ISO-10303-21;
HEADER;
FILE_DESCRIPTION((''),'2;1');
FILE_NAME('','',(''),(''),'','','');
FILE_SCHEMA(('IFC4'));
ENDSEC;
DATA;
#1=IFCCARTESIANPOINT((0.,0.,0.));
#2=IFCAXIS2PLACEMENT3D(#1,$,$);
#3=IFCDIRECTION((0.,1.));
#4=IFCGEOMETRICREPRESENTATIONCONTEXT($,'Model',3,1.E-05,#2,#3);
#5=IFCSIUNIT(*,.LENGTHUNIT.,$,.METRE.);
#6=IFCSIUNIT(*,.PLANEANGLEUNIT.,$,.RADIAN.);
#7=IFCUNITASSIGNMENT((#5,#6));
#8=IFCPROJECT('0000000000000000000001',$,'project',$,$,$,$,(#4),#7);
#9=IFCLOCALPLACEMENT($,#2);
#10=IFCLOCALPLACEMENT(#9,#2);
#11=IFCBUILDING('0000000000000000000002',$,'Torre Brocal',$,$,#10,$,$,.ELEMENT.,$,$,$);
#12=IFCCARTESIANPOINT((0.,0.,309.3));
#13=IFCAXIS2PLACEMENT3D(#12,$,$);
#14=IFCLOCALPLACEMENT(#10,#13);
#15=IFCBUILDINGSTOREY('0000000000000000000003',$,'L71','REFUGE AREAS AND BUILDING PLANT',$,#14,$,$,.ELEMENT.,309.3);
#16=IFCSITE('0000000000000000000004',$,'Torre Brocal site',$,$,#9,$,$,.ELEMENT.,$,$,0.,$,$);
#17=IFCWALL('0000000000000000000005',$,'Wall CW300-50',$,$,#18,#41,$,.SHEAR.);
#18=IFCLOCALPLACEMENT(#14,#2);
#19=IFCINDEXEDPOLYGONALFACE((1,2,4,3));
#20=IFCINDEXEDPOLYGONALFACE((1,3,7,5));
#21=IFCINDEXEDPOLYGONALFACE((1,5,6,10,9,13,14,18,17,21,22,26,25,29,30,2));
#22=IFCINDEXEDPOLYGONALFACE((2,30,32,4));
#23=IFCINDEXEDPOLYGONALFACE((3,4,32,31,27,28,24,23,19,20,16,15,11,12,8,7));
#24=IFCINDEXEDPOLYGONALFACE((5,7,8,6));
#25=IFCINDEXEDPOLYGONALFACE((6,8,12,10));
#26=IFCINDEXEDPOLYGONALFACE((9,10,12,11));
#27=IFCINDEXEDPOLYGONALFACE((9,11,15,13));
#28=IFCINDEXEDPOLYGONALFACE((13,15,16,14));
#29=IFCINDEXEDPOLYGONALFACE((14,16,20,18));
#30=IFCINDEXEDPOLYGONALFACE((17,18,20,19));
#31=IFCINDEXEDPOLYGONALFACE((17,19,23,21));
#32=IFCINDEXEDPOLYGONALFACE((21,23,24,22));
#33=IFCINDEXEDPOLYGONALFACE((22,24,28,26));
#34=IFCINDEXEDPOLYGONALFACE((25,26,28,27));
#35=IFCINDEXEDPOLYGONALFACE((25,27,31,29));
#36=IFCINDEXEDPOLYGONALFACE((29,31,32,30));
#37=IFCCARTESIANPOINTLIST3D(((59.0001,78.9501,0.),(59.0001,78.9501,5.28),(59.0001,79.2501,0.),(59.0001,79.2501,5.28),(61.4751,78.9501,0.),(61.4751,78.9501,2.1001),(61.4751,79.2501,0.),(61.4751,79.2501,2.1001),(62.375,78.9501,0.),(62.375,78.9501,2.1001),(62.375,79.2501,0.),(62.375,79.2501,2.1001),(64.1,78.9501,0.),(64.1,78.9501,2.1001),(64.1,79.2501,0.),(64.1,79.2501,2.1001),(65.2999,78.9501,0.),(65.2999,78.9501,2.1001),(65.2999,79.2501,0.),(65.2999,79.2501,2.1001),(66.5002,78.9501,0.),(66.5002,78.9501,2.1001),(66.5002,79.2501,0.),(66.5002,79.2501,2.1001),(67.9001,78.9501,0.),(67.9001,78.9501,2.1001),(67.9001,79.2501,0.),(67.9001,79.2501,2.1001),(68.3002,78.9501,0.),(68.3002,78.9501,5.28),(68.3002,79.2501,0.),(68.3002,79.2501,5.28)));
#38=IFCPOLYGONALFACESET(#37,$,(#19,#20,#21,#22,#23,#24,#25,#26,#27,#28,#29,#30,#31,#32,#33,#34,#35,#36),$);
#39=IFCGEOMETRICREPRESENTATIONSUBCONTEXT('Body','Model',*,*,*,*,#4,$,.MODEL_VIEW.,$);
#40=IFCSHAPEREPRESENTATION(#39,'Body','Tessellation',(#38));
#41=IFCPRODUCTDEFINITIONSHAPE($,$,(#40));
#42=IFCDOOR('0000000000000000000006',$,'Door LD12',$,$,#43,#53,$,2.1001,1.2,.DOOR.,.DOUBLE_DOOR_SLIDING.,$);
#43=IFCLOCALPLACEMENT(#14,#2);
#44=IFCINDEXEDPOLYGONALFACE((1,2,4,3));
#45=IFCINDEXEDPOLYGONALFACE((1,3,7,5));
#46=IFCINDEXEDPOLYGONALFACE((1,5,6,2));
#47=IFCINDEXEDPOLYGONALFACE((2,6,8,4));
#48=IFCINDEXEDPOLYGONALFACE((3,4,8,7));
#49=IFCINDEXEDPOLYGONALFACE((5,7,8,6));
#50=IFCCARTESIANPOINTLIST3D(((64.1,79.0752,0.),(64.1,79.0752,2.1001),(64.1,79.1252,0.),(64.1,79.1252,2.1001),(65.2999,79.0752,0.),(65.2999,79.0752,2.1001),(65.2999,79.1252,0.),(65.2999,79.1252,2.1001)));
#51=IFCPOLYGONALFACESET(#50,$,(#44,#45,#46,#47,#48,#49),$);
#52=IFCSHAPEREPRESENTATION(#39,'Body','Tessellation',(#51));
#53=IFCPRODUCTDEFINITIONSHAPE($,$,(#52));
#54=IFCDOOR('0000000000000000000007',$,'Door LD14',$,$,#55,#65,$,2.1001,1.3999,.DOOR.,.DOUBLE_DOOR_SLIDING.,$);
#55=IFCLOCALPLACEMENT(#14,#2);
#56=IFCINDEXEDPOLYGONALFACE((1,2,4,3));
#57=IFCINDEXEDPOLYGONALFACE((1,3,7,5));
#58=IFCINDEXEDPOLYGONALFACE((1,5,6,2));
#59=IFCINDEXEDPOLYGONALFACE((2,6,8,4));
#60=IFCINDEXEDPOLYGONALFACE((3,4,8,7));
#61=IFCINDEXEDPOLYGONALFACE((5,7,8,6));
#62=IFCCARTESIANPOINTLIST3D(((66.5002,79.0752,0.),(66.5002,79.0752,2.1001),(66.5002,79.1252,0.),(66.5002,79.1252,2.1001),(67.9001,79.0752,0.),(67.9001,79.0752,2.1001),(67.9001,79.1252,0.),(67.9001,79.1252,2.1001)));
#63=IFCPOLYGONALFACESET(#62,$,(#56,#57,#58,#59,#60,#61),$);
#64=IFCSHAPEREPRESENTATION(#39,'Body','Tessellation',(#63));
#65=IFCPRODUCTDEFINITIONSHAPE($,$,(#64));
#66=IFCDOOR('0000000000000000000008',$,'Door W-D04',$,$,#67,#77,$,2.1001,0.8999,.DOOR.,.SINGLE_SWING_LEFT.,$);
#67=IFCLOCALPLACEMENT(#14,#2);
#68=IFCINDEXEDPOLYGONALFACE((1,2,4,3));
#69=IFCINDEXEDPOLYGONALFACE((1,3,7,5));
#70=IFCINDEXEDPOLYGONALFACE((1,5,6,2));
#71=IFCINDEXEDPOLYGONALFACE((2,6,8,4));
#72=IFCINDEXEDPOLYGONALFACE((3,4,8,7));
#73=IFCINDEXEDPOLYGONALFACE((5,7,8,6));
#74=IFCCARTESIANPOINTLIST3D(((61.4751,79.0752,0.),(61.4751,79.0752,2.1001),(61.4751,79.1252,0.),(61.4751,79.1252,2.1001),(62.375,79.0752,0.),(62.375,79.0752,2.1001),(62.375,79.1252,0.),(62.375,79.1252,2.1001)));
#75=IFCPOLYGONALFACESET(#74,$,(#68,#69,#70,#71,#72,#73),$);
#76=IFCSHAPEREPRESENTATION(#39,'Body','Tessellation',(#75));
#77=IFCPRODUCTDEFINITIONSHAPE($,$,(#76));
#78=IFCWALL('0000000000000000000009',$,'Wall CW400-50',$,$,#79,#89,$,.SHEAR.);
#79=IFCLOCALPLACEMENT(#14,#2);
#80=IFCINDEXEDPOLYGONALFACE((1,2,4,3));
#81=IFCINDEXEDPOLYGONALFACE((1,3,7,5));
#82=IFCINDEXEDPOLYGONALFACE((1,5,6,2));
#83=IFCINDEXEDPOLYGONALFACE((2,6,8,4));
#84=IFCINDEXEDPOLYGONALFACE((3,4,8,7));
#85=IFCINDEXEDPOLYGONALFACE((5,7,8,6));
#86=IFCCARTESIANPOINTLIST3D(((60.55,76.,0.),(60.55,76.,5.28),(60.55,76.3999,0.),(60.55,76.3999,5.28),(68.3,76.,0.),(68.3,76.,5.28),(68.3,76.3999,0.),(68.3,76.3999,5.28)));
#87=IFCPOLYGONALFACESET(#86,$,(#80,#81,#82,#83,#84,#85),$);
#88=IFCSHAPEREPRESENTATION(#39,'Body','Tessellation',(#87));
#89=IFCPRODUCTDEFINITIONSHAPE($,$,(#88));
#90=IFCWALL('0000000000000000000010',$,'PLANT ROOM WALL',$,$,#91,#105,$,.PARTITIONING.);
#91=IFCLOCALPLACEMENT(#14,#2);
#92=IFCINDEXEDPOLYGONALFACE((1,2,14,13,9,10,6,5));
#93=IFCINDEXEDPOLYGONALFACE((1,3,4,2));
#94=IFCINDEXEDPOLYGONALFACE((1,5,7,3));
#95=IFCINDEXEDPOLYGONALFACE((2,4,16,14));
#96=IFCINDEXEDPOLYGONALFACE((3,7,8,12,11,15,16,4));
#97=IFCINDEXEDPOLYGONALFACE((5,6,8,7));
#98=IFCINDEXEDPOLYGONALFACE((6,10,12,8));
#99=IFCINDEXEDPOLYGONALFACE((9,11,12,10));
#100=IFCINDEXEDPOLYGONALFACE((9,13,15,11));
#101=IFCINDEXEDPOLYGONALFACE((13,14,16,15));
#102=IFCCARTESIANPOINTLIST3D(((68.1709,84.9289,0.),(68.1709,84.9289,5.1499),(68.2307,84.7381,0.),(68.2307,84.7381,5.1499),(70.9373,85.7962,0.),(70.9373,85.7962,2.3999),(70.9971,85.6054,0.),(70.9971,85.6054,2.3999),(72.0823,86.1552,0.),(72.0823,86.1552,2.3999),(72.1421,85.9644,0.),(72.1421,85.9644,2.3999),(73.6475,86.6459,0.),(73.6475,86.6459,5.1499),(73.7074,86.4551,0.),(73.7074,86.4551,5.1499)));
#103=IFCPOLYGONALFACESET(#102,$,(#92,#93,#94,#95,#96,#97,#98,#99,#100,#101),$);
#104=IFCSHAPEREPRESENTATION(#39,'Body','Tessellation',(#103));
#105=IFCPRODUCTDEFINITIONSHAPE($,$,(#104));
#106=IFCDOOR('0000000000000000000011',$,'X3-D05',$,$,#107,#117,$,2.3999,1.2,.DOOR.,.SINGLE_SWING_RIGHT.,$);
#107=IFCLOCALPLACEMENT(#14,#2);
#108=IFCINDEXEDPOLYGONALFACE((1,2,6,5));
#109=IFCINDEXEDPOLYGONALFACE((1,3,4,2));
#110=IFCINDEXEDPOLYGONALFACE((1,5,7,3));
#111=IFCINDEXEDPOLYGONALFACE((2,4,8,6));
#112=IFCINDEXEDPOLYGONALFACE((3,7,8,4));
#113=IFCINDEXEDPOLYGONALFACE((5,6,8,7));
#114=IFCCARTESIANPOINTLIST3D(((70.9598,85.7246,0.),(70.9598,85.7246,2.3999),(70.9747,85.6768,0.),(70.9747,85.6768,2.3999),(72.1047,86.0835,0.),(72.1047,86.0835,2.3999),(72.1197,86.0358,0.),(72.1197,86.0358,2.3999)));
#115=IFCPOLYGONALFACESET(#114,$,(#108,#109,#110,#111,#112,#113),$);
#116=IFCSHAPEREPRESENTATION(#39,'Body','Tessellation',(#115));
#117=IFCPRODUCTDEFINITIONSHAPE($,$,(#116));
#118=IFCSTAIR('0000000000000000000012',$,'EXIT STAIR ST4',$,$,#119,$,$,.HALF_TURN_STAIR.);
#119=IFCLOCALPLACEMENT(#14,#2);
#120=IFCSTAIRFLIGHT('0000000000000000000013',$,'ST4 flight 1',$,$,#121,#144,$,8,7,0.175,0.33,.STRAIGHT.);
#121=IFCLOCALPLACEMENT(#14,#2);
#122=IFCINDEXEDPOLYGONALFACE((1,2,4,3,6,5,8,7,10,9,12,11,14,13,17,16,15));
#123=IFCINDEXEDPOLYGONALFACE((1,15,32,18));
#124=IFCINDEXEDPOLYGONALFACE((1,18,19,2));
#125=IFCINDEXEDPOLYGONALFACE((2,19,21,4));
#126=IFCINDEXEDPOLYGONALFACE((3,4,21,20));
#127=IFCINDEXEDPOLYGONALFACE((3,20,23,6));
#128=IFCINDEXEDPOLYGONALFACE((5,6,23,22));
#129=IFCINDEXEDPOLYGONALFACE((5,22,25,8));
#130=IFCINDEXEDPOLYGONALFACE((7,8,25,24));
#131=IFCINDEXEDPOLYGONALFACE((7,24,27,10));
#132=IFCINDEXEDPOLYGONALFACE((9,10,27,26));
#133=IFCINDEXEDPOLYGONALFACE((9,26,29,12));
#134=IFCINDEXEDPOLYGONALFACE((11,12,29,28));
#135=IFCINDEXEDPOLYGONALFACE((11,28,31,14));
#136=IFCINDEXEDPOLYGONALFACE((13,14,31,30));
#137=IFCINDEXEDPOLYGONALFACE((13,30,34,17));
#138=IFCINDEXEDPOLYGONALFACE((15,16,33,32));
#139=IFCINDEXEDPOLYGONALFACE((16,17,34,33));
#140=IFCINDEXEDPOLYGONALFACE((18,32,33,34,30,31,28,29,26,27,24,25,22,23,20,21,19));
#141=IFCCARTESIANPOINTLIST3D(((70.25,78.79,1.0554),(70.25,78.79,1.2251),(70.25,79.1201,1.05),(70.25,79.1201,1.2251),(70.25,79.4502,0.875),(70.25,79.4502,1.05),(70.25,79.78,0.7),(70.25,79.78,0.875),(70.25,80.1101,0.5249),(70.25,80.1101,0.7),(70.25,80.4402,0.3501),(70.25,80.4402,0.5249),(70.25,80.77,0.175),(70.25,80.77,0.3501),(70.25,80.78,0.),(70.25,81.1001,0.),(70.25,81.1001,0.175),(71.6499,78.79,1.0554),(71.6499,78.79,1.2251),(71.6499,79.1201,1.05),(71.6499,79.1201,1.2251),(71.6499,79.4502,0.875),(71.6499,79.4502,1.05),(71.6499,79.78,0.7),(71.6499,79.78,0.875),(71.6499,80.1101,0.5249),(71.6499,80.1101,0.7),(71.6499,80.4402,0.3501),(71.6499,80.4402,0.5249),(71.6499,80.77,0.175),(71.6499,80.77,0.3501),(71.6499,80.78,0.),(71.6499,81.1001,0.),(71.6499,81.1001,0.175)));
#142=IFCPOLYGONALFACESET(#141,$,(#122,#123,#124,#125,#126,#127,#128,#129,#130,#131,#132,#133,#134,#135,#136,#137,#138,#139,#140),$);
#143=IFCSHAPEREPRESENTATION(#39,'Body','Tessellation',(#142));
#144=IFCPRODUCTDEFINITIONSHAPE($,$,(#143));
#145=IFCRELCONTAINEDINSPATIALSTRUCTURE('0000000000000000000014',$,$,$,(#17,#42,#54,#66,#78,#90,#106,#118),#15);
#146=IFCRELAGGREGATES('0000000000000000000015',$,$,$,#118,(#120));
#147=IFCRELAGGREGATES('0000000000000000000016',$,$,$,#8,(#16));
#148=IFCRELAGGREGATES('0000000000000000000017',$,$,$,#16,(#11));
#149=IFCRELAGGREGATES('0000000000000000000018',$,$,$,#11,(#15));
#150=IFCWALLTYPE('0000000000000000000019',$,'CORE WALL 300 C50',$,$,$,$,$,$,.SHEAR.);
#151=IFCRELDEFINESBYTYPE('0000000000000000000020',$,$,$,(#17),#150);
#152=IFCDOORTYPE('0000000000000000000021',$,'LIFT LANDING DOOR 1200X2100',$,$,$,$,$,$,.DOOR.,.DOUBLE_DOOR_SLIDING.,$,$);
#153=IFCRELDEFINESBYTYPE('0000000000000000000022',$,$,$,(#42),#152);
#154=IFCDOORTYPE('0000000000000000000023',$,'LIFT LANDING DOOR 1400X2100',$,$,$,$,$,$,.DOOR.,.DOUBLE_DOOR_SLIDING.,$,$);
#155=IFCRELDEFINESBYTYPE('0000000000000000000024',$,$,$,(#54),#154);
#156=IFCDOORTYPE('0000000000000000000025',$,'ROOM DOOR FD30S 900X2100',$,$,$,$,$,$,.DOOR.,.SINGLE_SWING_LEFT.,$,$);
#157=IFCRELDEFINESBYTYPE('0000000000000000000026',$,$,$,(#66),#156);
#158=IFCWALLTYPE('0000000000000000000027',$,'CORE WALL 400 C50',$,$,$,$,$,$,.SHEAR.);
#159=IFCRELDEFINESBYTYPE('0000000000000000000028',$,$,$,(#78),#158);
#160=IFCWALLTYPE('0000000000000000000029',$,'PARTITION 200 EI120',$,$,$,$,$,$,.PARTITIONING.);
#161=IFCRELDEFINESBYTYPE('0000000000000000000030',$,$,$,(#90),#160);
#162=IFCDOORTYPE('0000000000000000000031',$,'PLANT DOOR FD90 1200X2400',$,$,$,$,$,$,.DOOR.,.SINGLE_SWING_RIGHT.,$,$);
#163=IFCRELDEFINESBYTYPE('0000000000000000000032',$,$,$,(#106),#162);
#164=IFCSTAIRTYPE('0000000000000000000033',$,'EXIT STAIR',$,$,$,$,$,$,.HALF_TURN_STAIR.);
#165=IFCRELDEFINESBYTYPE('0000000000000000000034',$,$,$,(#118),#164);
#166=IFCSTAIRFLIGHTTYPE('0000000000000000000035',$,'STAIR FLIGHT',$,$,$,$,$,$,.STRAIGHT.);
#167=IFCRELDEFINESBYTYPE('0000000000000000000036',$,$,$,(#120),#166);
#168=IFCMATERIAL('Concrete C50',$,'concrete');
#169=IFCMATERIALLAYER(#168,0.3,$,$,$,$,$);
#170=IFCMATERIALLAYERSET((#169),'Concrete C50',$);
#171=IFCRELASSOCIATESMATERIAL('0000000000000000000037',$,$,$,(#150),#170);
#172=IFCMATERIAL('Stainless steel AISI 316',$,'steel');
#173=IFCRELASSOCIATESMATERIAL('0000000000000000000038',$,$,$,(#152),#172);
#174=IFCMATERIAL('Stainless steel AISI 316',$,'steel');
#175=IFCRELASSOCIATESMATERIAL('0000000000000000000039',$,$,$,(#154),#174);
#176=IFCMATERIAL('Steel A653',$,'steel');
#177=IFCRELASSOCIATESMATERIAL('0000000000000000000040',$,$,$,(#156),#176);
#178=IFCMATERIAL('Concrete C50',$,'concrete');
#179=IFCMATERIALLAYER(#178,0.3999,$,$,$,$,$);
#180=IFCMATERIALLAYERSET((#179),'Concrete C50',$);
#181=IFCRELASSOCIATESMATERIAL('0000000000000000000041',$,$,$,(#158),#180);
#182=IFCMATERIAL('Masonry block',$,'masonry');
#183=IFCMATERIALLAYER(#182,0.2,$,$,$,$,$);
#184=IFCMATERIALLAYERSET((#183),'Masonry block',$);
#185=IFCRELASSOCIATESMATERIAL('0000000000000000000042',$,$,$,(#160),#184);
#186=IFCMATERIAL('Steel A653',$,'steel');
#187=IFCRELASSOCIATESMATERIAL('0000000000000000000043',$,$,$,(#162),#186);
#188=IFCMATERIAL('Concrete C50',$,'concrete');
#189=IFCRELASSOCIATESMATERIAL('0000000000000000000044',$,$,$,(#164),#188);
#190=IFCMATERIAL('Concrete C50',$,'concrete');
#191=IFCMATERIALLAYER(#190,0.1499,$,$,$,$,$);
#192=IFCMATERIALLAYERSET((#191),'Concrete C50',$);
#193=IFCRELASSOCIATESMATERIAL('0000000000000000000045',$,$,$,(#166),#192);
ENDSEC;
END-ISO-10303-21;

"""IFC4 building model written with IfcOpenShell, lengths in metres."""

from ifc_helpers import new_model, si_unit, direction, frame, frame_2d, origin, place, context, subcontext, project, spatial, polyline, rectangle, outline, extrude, material, layer, layer_set, type_object, element, fill, aggregate, save


model = new_model("IFC4")

# Units and contexts
model_context = context("Model", 3, precision=1e-05, world=origin(), true_north=direction((0.0, 1.0)))
body_context = subcontext(model_context, "Body", "Model", "MODEL_VIEW")
ifc_project = project(units=[si_unit("LENGTHUNIT", "METRE"), si_unit("PLANEANGLEUNIT", "RADIAN")], contexts=[model_context])

# Site, building, storey
site_placement = place(None, origin())
site = spatial("IfcSite", under=ifc_project, at=site_placement, Name="Torre Brocal site", CompositionType="ELEMENT", RefElevation=0.0)
building_placement = place(site_placement, origin())
building = spatial("IfcBuilding", under=site, at=building_placement, Name="Torre Brocal", CompositionType="ELEMENT")
storey_placement = place(building_placement, frame((0.0, 0.0, 309.3)))
storey = spatial("IfcBuildingStorey", under=building, at=storey_placement, Name="L71", Description="REFUGE AREAS AND BUILDING PLANT", CompositionType="ELEMENT", Elevation=309.3)

# Shared definitions
ifc_material_1 = material(Name="Concrete C50", Category="concrete")
ifc_layer_1 = layer(ifc_material_1, 0.3)
ifc_layer_set_1 = layer_set([ifc_layer_1], Name="Concrete C50")
wall_type_1 = type_object("IfcWallType", Name="CORE WALL 300 C50", PredefinedType="SHEAR", material=ifc_layer_set_1)

# Wall, openings, doors
ifc_material_2 = material(Name="Stainless steel AISI 316", Category="steel")
door_type_1 = type_object("IfcDoorType", Name="LIFT LANDING DOOR 1200X2100", OperationType="DOUBLE_DOOR_SLIDING", PredefinedType="DOOR", material=ifc_material_2)
wall_1_placement = place(storey_placement, frame((68.3, 79.1001, 0.0), z_axis=(0.0, 0.0, 1.0), x_axis=(-1.0, 0.0, 0.0)))
wall_1 = element("IfcWall", 1, at=wall_1_placement, inside=storey, type_object=wall_type_1, Name="Wall CW300-50", PredefinedType="SHEAR", context=body_context, shape_type="SweptSolid", body=[
    extrude(rectangle(XDim=9.3, YDim=0.3, at=frame_2d((4.6499, 0.0))), origin(), (0.0, 0.0, 1.0), 5.28),
])
opening_1_placement = place(wall_1_placement, frame((0.3999, 0.0, 0.0)))
opening_1 = element("IfcOpeningElement", 2, at=opening_1_placement, cuts=wall_1, PredefinedType="OPENING", context=body_context, shape_type="SweptSolid", body=[
    extrude(rectangle(XDim=1.3999, YDim=2.1001, at=frame_2d((0.7, 1.05))), frame((0.0, 0.1599, 0.0), z_axis=(0.0, -1.0, 0.0), x_axis=(1.0, 0.0, 0.0)), (0.0, 0.0, 1.0), 0.3201),
])
opening_2_placement = place(wall_1_placement, frame((3.0, 0.0, 0.0)))
opening_2 = element("IfcOpeningElement", 3, at=opening_2_placement, cuts=wall_1, PredefinedType="OPENING", context=body_context, shape_type="SweptSolid", body=[
    extrude(rectangle(XDim=1.2, YDim=2.1001, at=frame_2d((0.6001, 1.05))), frame((0.0, 0.1599, 0.0), z_axis=(0.0, -1.0, 0.0), x_axis=(1.0, 0.0, 0.0)), (0.0, 0.0, 1.0), 0.3201),
])
opening_3_placement = place(wall_1_placement, frame((5.925, 0.0, 0.0)))
opening_3 = element("IfcOpeningElement", 4, at=opening_3_placement, cuts=wall_1, PredefinedType="OPENING", context=body_context, shape_type="SweptSolid", body=[
    extrude(rectangle(XDim=0.8999, YDim=2.1001, at=frame_2d((0.45, 1.05))), frame((0.0, 0.1599, 0.0), z_axis=(0.0, -1.0, 0.0), x_axis=(1.0, 0.0, 0.0)), (0.0, 0.0, 1.0), 0.3201),
])
door_1_placement = place(opening_2_placement, origin())
door_1 = element("IfcDoor", 5, at=door_1_placement, inside=storey, type_object=door_type_1, Name="Door LD12", OperationType="DOUBLE_DOOR_SLIDING", OverallHeight=2.1001, OverallWidth=1.2, PredefinedType="DOOR", context=body_context, shape_type="SweptSolid", body=[
    extrude(rectangle(XDim=1.2, YDim=2.1001, at=frame_2d((0.6001, 1.05))), frame((0.0, 0.0249, 0.0), z_axis=(0.0, -1.0, 0.0), x_axis=(1.0, 0.0, 0.0)), (0.0, 0.0, 1.0), 0.05),
])
fill(opening_2, door_1)
ifc_material_3 = material(Name="Stainless steel AISI 316", Category="steel")
door_type_2 = type_object("IfcDoorType", Name="LIFT LANDING DOOR 1400X2100", OperationType="DOUBLE_DOOR_SLIDING", PredefinedType="DOOR", material=ifc_material_3)
door_2_placement = place(opening_1_placement, origin())
door_2 = element("IfcDoor", 6, at=door_2_placement, inside=storey, type_object=door_type_2, Name="Door LD14", OperationType="DOUBLE_DOOR_SLIDING", OverallHeight=2.1001, OverallWidth=1.3999, PredefinedType="DOOR", context=body_context, shape_type="SweptSolid", body=[
    extrude(rectangle(XDim=1.3999, YDim=2.1001, at=frame_2d((0.7, 1.05))), frame((0.0, 0.0249, 0.0), z_axis=(0.0, -1.0, 0.0), x_axis=(1.0, 0.0, 0.0)), (0.0, 0.0, 1.0), 0.05),
])
fill(opening_1, door_2)
ifc_material_4 = material(Name="Steel A653", Category="steel")
door_type_3 = type_object("IfcDoorType", Name="ROOM DOOR FD30S 900X2100", OperationType="SINGLE_SWING_LEFT", PredefinedType="DOOR", material=ifc_material_4)
door_3_placement = place(opening_3_placement, origin())
door_3 = element("IfcDoor", 7, at=door_3_placement, inside=storey, type_object=door_type_3, Name="Door W-D04", OperationType="SINGLE_SWING_LEFT", OverallHeight=2.1001, OverallWidth=0.8999, PredefinedType="DOOR", context=body_context, shape_type="SweptSolid", body=[
    extrude(rectangle(XDim=0.8999, YDim=2.1001, at=frame_2d((0.45, 1.05))), frame((0.0, 0.0249, 0.0), z_axis=(0.0, -1.0, 0.0), x_axis=(1.0, 0.0, 0.0)), (0.0, 0.0, 1.0), 0.05),
])
fill(opening_3, door_3)

# Wall
ifc_material_5 = material(Name="Concrete C50", Category="concrete")
ifc_layer_2 = layer(ifc_material_5, 0.3999)
ifc_layer_set_2 = layer_set([ifc_layer_2], Name="Concrete C50")
wall_type_2 = type_object("IfcWallType", Name="CORE WALL 400 C50", PredefinedType="SHEAR", material=ifc_layer_set_2)
wall_2_placement = place(storey_placement, frame((68.3, 76.2, 0.0), z_axis=(0.0, 0.0, 1.0), x_axis=(-1.0, 0.0, 0.0)))
element("IfcWall", 8, at=wall_2_placement, inside=storey, type_object=wall_type_2, Name="Wall CW400-50", PredefinedType="SHEAR", context=body_context, shape_type="SweptSolid", body=[
    extrude(rectangle(XDim=7.75, YDim=0.3999, at=frame_2d((3.875, 0.0))), origin(), (0.0, 0.0, 1.0), 5.28),
])

# Wall, opening, door
ifc_material_6 = material(Name="Masonry block", Category="masonry")
ifc_layer_3 = layer(ifc_material_6, 0.2)
ifc_layer_set_3 = layer_set([ifc_layer_3], Name="Masonry block")
wall_type_3 = type_object("IfcWallType", Name="PARTITION 200 EI120", PredefinedType="PARTITIONING", material=ifc_layer_set_3)
wall_3_placement = place(storey_placement, frame((68.2009, 84.8335, 0.0), z_axis=(0.0, 0.0, 1.0), x_axis=(0.954201, 0.299166, 0.0)))
wall_3 = element("IfcWall", 9, at=wall_3_placement, inside=storey, type_object=wall_type_3, Name="PLANT ROOM WALL", PredefinedType="PARTITIONING", context=body_context, shape_type="SweptSolid", body=[
    extrude(rectangle(XDim=5.7395, YDim=0.2, at=frame_2d((2.8696, 0.0))), origin(), (0.0, 0.0, 1.0), 5.1499),
])
opening_4_placement = place(wall_3_placement, frame((2.8989, 0.0, 0.0)))
opening_4 = element("IfcOpeningElement", 10, at=opening_4_placement, cuts=wall_3, PredefinedType="OPENING", context=body_context, shape_type="SweptSolid", body=[
    extrude(rectangle(XDim=1.2, YDim=2.3999, at=frame_2d((0.6001, 1.2))), frame((0.0, 0.1099, 0.0), z_axis=(0.0, -1.0, 0.0), x_axis=(1.0, 0.0, 0.0)), (0.0, 0.0, 1.0), 0.22),
])
ifc_material_7 = material(Name="Steel A653", Category="steel")
door_type_4 = type_object("IfcDoorType", Name="PLANT DOOR FD90 1200X2400", OperationType="SINGLE_SWING_RIGHT", PredefinedType="DOOR", material=ifc_material_7)
door_4_placement = place(opening_4_placement, origin())
door_4 = element("IfcDoor", 11, at=door_4_placement, inside=storey, type_object=door_type_4, Name="X3-D05", OperationType="SINGLE_SWING_RIGHT", OverallHeight=2.3999, OverallWidth=1.2, PredefinedType="DOOR", context=body_context, shape_type="SweptSolid", body=[
    extrude(rectangle(XDim=1.2, YDim=2.3999, at=frame_2d((0.6001, 1.2))), frame((0.0, 0.0249, 0.0), z_axis=(0.0, -1.0, 0.0), x_axis=(1.0, 0.0, 0.0)), (0.0, 0.0, 1.0), 0.05),
])
fill(opening_4, door_4)

# Stair, stair flight
ifc_material_8 = material(Name="Concrete C50", Category="concrete")
stair_type = type_object("IfcStairType", Name="EXIT STAIR", PredefinedType="HALF_TURN_STAIR", material=ifc_material_8)
stair_placement = place(storey_placement, origin())
stair = element("IfcStair", 12, at=stair_placement, inside=storey, type_object=stair_type, Name="EXIT STAIR ST4", PredefinedType="HALF_TURN_STAIR")
ifc_material_9 = material(Name="Concrete C50", Category="concrete")
ifc_layer_4 = layer(ifc_material_9, 0.1499)
ifc_layer_set_4 = layer_set([ifc_layer_4], Name="Concrete C50")
stair_flight_type = type_object("IfcStairFlightType", Name="STAIR FLIGHT", PredefinedType="STRAIGHT", material=ifc_layer_set_4)
stair_flight_1_placement = place(storey_placement, frame((70.95, 81.1001, 0.0), z_axis=(0.0, 0.0, 1.0), x_axis=(0.0, -1.0, 0.0)))
stair_flight_1 = element("IfcStairFlight", 13, at=stair_flight_1_placement, type_object=stair_flight_type, Name="ST4 flight 1", NumberOfRisers=8, NumberOfTreads=7, PredefinedType="STRAIGHT", RiserHeight=0.175, TreadLength=0.33, context=body_context, shape_type="SweptSolid", body=[
    extrude(outline(polyline([(0.0, 0.0), (0.0, 0.175), (0.3301, 0.175), (0.3301, 0.3501), (0.6599, 0.3501), (0.6599, 0.5249), (0.99, 0.5249), (0.99, 0.7), (1.3201, 0.7), (1.3201, 0.875), (1.6499, 0.875), (1.6499, 1.05), (1.98, 1.05), (1.98, 1.2251), (2.3101, 1.2251), (2.3101, 1.3999), (2.3101, 1.0554), (0.3201, 0.0), (0.0, 0.0)])), frame((0.0, 0.7, 0.0), z_axis=(0.0, -1.0, 0.0), x_axis=(1.0, 0.0, 0.0)), (0.0, 0.0, 1.0), 1.3999),
])
aggregate(stair, [stair_flight_1])

save(model, "model.ifc")
